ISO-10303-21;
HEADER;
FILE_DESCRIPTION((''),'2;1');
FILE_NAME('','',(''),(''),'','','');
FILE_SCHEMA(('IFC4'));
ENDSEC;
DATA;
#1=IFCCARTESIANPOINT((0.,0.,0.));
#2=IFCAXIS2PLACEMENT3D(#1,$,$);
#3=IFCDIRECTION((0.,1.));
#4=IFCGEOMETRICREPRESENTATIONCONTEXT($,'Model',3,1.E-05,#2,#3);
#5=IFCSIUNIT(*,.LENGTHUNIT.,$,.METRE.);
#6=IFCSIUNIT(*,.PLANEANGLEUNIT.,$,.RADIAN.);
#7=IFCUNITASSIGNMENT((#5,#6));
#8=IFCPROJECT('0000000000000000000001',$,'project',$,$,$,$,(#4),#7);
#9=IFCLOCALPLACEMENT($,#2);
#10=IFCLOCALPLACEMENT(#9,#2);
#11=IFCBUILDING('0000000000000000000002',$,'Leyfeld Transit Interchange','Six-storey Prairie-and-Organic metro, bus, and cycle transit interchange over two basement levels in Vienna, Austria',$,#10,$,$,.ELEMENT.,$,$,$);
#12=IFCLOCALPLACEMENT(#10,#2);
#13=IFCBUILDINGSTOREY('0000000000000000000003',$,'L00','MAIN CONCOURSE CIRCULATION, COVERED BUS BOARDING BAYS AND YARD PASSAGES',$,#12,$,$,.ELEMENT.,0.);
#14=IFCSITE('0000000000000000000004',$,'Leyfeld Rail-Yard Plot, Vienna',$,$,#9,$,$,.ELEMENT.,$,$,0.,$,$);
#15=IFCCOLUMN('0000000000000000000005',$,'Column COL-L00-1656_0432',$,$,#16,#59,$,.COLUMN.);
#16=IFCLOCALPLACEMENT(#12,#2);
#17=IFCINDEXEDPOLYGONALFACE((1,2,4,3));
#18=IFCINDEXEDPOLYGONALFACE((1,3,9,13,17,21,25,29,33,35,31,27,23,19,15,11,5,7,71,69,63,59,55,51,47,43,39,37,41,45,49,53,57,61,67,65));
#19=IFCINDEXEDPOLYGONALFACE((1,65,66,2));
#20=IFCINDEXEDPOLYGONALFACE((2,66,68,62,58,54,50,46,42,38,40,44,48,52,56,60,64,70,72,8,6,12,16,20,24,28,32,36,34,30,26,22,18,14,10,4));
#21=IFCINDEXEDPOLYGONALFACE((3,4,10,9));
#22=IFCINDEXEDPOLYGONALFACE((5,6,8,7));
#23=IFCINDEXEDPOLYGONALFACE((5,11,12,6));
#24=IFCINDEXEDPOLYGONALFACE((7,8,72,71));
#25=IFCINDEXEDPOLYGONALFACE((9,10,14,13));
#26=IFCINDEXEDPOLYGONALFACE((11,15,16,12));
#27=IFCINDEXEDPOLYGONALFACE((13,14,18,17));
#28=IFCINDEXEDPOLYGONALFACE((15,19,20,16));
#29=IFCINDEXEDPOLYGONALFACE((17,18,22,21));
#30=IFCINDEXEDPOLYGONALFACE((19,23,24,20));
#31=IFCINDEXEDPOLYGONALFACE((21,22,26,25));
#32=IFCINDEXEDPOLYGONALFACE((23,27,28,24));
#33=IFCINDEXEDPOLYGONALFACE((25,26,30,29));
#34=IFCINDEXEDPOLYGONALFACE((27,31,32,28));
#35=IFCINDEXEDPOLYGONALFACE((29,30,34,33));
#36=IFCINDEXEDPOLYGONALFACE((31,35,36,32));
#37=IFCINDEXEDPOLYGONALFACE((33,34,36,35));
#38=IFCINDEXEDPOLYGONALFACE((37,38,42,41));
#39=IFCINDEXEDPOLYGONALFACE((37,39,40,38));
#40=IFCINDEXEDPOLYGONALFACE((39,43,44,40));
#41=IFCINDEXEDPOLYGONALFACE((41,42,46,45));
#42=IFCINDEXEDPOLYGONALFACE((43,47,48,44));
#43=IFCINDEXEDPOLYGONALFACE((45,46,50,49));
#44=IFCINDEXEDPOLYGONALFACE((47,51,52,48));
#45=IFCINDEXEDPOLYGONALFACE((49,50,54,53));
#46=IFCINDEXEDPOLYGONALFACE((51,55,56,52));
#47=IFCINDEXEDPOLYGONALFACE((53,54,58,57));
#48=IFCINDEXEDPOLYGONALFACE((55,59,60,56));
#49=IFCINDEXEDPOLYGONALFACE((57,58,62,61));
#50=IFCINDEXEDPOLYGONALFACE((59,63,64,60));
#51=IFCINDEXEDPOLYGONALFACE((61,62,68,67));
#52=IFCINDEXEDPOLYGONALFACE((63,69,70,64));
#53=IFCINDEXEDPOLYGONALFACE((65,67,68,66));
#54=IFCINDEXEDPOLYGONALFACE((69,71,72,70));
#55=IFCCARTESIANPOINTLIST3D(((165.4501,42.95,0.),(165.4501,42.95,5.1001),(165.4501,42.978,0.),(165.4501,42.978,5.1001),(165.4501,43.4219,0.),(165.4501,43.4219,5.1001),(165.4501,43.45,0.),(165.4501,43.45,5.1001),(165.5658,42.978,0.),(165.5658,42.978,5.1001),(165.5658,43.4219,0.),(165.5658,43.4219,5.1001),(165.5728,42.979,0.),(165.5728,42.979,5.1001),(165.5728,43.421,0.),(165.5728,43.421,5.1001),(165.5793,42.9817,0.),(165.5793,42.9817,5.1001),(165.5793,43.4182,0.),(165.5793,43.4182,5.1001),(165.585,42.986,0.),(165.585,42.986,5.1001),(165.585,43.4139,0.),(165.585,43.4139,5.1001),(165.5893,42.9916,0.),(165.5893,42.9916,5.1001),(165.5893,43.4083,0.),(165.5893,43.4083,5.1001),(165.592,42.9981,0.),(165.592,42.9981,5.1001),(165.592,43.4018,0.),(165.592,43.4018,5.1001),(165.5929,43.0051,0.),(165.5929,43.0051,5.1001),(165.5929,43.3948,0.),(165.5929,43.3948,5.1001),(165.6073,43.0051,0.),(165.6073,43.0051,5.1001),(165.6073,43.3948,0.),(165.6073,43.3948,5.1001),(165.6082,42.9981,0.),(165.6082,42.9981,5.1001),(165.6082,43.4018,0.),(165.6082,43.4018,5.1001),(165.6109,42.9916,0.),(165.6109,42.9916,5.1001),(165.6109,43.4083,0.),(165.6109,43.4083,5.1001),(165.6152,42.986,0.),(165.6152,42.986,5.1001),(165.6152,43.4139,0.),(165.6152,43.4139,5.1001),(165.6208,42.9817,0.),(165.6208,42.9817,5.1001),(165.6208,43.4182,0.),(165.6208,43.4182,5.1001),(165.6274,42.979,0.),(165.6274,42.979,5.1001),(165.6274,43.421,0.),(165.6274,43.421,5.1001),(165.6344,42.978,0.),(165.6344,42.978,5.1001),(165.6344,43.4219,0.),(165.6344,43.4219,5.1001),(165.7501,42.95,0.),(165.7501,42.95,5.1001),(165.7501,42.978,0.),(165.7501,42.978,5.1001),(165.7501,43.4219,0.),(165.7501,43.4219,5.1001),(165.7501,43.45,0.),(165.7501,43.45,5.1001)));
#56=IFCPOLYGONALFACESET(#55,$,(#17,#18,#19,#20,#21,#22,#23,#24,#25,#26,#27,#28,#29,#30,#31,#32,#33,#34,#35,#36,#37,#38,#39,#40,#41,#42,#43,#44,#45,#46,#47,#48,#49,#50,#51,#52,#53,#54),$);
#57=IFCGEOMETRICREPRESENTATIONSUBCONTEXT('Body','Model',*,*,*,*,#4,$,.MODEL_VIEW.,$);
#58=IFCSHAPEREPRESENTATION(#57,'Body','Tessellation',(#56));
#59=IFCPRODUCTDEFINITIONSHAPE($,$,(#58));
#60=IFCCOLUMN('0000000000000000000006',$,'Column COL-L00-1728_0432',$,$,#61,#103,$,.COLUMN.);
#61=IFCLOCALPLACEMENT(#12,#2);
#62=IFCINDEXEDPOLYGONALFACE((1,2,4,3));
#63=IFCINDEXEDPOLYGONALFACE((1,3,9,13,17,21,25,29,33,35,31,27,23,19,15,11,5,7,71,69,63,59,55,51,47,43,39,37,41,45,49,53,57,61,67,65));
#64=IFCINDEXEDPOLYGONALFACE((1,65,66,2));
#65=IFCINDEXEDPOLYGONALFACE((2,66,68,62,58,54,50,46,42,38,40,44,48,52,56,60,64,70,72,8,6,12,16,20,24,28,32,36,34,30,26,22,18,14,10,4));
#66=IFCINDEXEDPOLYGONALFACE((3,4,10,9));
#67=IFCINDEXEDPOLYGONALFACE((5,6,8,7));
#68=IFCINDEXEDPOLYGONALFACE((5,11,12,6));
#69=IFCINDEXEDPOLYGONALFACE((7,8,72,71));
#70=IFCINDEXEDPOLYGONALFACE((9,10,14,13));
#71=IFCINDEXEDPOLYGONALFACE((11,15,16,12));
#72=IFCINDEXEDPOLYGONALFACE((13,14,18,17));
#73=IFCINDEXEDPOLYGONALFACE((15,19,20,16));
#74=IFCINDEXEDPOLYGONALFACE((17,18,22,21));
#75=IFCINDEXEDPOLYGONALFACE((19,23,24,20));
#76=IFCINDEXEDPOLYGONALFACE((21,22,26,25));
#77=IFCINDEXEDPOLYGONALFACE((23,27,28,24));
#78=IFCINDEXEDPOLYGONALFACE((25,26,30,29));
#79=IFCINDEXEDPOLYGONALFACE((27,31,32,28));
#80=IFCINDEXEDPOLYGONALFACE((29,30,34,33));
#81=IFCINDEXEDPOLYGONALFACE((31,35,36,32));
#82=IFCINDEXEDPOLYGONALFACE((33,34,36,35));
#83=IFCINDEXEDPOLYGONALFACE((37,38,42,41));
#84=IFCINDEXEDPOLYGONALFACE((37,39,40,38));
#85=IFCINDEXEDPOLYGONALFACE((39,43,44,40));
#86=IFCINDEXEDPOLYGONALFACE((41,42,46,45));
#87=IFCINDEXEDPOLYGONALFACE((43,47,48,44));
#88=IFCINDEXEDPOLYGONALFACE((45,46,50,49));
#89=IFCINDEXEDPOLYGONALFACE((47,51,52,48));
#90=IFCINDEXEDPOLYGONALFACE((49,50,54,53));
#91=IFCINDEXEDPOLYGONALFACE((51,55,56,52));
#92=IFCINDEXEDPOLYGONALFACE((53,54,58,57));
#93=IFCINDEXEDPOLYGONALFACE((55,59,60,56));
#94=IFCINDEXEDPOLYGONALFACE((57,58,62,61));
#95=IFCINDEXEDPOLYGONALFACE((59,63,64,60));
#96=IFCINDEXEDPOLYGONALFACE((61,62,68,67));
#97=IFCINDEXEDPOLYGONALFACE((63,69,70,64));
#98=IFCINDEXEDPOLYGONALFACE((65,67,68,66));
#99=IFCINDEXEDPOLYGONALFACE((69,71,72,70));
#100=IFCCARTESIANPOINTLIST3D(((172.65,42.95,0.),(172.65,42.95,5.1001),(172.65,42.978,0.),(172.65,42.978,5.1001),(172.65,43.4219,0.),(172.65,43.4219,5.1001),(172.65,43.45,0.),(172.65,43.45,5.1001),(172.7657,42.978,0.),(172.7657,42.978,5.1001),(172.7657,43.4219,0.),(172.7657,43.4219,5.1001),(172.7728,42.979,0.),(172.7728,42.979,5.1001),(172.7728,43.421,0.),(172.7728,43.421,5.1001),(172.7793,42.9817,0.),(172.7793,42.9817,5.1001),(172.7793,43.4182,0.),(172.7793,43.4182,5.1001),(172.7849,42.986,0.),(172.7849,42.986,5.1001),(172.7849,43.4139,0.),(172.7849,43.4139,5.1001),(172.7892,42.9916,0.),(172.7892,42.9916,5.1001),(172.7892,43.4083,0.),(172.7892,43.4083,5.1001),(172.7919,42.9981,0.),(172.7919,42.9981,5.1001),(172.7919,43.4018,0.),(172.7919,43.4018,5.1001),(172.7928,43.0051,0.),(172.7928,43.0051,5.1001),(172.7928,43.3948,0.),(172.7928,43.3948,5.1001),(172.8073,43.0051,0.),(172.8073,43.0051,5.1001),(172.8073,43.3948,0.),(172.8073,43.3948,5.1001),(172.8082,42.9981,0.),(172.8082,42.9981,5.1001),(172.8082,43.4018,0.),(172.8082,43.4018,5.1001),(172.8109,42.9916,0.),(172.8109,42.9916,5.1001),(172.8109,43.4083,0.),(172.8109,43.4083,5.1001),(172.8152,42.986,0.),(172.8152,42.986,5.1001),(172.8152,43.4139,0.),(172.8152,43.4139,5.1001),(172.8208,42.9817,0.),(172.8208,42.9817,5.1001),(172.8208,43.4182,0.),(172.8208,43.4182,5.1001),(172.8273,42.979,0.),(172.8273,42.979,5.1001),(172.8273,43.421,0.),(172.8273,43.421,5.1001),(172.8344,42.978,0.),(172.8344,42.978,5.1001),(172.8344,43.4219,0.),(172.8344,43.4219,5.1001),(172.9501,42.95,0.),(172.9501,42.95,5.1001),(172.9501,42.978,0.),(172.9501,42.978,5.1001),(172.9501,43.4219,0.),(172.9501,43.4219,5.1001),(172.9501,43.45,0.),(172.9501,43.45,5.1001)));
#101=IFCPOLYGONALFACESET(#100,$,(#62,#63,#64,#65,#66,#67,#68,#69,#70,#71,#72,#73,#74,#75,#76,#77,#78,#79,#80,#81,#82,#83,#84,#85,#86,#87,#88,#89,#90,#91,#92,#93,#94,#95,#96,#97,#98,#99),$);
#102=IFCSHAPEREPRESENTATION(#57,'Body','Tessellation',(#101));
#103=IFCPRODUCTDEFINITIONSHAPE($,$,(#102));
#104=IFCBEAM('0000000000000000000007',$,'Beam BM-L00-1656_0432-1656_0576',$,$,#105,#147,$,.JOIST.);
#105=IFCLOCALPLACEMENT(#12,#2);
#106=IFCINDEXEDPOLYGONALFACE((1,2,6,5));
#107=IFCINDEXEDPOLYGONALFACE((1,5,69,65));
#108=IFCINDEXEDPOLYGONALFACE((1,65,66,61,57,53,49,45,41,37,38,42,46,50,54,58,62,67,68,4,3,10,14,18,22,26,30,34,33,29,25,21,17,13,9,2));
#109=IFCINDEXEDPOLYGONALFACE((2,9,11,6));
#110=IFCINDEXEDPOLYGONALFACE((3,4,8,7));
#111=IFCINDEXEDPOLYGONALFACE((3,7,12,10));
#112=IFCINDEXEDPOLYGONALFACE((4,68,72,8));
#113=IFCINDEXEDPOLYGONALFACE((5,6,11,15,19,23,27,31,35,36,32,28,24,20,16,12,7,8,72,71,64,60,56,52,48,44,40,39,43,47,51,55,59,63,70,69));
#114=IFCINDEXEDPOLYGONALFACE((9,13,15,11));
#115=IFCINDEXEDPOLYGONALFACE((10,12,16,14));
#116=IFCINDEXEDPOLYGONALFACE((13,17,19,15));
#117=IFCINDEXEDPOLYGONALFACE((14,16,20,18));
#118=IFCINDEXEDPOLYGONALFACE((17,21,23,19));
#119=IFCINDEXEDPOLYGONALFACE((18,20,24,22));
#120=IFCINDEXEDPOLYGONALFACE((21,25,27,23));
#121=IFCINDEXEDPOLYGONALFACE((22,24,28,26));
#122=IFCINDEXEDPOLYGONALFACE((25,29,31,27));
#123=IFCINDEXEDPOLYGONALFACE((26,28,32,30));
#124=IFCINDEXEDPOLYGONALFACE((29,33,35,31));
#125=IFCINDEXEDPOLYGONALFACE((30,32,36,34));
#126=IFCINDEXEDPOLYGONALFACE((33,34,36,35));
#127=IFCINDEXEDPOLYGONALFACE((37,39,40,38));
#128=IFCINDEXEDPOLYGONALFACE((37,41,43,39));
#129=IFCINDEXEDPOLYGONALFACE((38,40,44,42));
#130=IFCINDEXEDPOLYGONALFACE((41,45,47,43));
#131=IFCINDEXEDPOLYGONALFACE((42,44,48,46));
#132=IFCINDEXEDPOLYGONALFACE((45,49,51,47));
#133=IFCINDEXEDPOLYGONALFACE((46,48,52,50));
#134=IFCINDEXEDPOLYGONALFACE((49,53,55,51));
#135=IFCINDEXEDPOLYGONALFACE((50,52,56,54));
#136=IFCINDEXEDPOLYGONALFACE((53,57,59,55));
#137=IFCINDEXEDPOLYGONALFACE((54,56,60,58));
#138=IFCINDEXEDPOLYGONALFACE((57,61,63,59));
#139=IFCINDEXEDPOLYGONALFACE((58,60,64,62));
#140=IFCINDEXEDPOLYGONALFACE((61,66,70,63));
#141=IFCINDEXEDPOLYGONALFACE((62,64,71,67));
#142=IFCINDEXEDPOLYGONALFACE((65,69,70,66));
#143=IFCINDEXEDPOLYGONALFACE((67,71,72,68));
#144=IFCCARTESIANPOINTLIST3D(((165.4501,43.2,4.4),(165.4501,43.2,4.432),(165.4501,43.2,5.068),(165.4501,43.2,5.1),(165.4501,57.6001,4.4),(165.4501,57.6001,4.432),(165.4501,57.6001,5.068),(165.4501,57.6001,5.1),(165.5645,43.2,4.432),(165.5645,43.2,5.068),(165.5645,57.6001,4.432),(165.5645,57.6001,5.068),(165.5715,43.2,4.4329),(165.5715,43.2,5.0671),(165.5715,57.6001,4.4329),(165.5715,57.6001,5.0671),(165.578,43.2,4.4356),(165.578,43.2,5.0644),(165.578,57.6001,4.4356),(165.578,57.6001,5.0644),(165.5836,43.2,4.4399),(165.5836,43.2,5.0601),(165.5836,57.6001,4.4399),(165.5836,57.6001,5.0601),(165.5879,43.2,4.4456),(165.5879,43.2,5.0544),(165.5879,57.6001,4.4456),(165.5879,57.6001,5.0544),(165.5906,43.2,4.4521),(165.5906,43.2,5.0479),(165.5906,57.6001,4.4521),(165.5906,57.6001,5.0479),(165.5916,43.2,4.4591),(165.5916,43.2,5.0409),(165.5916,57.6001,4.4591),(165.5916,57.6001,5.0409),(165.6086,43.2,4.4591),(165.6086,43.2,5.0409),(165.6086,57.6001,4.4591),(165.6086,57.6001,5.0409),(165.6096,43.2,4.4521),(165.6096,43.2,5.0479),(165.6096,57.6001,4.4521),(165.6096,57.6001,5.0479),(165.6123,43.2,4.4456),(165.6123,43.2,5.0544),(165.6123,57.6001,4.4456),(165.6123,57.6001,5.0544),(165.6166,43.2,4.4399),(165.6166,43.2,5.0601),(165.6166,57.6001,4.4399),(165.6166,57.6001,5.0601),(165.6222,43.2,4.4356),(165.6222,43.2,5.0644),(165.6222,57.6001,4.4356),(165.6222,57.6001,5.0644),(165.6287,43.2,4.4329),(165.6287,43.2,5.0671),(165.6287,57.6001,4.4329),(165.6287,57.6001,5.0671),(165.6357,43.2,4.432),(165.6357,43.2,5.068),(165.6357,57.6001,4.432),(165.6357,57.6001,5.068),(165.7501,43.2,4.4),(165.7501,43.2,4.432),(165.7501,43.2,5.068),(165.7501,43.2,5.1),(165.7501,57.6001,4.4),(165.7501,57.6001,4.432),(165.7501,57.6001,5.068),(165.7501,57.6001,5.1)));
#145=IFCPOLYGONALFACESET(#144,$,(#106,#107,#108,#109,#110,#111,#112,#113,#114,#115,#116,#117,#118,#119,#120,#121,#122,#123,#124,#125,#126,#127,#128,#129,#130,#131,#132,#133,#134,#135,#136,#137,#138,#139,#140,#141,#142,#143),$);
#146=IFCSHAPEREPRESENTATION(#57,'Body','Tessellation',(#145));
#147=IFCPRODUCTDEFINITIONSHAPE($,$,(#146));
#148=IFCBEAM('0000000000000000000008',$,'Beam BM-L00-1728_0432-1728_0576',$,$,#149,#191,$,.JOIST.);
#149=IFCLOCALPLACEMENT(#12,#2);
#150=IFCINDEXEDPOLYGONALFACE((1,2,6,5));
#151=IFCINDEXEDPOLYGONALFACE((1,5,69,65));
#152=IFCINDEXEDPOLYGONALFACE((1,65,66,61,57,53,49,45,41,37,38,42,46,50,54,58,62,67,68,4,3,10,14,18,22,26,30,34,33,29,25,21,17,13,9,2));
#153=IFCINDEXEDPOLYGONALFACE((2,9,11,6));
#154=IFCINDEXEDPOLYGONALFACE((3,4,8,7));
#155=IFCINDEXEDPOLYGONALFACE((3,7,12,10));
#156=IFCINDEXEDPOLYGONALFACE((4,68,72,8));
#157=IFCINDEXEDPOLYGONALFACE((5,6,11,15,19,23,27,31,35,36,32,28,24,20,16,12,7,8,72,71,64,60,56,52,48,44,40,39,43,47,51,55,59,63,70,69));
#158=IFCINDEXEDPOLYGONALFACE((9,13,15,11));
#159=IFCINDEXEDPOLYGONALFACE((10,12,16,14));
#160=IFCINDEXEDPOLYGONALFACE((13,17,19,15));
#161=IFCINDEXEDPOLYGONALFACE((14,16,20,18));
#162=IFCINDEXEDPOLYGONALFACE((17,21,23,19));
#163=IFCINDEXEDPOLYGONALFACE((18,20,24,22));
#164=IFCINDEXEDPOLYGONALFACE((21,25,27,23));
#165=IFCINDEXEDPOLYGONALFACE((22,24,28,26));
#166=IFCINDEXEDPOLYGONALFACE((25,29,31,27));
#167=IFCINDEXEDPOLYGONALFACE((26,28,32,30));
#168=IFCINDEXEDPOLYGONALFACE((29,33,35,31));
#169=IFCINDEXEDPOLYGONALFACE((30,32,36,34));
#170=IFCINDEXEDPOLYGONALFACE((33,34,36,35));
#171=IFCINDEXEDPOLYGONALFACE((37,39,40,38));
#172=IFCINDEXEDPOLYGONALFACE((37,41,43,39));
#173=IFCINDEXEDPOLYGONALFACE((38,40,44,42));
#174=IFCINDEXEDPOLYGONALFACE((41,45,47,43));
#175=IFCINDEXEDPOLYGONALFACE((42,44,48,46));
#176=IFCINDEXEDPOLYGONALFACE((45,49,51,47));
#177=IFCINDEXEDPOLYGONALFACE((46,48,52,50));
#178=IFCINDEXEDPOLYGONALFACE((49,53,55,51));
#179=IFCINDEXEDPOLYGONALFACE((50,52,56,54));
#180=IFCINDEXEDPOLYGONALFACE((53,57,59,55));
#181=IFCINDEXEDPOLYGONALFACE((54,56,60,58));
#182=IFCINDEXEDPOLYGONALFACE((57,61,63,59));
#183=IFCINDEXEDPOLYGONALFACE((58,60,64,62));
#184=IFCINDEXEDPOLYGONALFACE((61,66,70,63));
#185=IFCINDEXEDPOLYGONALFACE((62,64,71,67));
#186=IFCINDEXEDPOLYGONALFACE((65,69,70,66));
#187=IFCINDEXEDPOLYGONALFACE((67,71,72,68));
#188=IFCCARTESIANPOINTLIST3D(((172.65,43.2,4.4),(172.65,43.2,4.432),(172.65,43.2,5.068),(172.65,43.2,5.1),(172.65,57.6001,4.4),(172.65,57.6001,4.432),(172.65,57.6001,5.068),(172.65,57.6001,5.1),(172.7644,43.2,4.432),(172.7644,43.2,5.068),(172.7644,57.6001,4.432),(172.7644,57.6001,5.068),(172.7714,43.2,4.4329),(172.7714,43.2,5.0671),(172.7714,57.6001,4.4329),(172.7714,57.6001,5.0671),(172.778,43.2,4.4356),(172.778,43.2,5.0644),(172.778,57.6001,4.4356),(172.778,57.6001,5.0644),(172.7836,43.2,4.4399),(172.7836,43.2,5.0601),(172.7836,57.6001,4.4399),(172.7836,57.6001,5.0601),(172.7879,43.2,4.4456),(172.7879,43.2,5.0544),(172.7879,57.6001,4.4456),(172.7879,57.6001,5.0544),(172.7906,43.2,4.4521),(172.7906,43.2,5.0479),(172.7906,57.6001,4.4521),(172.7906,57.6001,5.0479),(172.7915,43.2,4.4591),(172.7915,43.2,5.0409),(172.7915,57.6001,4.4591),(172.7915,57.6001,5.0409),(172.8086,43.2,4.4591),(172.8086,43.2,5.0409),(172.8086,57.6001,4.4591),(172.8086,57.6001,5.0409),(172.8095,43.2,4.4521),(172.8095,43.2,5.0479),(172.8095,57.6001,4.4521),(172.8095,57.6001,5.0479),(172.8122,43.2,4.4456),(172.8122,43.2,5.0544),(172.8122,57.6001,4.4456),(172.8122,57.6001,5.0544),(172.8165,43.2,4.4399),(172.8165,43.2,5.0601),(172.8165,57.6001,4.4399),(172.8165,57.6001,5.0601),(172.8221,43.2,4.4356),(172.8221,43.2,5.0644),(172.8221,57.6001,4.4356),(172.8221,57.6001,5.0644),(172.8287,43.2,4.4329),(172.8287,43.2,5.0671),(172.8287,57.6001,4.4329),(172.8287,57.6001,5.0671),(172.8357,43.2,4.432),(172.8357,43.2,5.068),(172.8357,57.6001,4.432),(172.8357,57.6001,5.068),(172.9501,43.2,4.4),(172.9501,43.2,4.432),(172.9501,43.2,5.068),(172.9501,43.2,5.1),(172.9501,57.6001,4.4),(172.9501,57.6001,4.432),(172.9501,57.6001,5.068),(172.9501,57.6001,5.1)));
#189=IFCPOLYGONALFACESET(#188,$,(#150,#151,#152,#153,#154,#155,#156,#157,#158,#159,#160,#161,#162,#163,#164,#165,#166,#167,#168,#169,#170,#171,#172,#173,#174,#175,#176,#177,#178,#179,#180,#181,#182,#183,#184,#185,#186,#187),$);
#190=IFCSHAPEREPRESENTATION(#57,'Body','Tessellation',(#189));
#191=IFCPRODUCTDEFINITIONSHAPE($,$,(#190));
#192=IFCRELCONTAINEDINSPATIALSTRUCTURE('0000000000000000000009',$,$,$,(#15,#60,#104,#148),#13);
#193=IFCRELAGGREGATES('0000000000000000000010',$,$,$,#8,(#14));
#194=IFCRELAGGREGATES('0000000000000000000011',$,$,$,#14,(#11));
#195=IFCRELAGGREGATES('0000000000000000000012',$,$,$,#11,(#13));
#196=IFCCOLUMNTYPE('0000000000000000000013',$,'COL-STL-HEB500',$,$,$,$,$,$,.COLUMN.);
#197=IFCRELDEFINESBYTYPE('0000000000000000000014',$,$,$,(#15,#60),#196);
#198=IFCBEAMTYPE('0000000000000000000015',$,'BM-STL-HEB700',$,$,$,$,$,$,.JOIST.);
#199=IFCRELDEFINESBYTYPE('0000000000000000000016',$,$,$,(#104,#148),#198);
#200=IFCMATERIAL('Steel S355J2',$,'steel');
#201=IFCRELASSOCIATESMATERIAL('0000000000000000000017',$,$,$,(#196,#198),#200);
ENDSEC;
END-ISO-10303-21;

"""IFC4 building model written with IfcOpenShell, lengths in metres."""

from ifc_helpers import new_model, si_unit, direction, frame, origin, origin_2d, place, context, subcontext, project, spatial, i_section, extrude, material, material_profile, profile_set, type_object, element, save


model = new_model("IFC4")

# Units and contexts
model_context = context("Model", 3, precision=1e-05, world=origin(), true_north=direction((0.0, 1.0)))
body_context = subcontext(model_context, "Body", "Model", "MODEL_VIEW")
ifc_project = project(units=[si_unit("LENGTHUNIT", "METRE"), si_unit("PLANEANGLEUNIT", "RADIAN")], contexts=[model_context])

# Site, building, storey
site_placement = place(None, origin())
site = spatial("IfcSite", under=ifc_project, at=site_placement, Name="Leyfeld Rail-Yard Plot, Vienna", CompositionType="ELEMENT", RefElevation=0.0)
building_placement = place(site_placement, origin())
building = spatial("IfcBuilding", under=site, at=building_placement, Name="Leyfeld Transit Interchange", Description="Six-storey Prairie-and-Organic metro, bus, and cycle transit interchange over two basement levels in Vienna, Austria", CompositionType="ELEMENT")
storey_placement = place(building_placement, origin())
storey = spatial("IfcBuildingStorey", under=building, at=storey_placement, Name="L00", Description="MAIN CONCOURSE CIRCULATION, COVERED BUS BOARDING BAYS AND YARD PASSAGES", CompositionType="ELEMENT", Elevation=0.0)

# Columns
ifc_material_1 = material(Name="Steel S355J2", Category="steel")
ifc_material_profile_1 = material_profile(ifc_material_1, i_section(OverallWidth=0.3, OverallDepth=0.5, WebThickness=0.0144, FlangeThickness=0.0281, FilletRadius=0.0271, at=origin_2d()), Name="HEB 500")
ifc_profile_set_1 = profile_set([ifc_material_profile_1], Name="Steel S355J2")
column_type = type_object("IfcColumnType", Name="COL-STL-HEB500", PredefinedType="COLUMN", material=ifc_profile_set_1)
for number, where, z_axis, x_axis, name in (
    (1, (165.6001, 43.2, 0.0), (0.0, 0.0, 1.0), (1.0, 0.0, 0.0), "Column COL-L00-1656_0432"),
    (2, (172.8, 43.2, 0.0), (0.0, 0.0, 1.0), (1.0, 0.0, 0.0), "Column COL-L00-1728_0432"),
):
    element("IfcColumn", number, at=place(storey_placement, frame(where, z_axis=z_axis, x_axis=x_axis)), inside=storey, type_object=column_type, Name=name, PredefinedType="COLUMN", context=body_context, shape_type="SweptSolid", body=[
        extrude(i_section(OverallWidth=0.3, OverallDepth=0.5, WebThickness=0.0144, FlangeThickness=0.0281, FilletRadius=0.0271, at=origin_2d()), origin(), (0.0, 0.0, 1.0), 5.1001),
    ])

# Beams
ifc_material_profile_2 = material_profile(ifc_material_1, i_section(OverallWidth=0.3, OverallDepth=0.7, WebThickness=0.0171, FlangeThickness=0.032, FilletRadius=0.0271, at=origin_2d()), Name="HEB 700")
ifc_profile_set_2 = profile_set([ifc_material_profile_2], Name="Steel S355J2")
beam_type_1 = type_object("IfcBeamType", Name="BM-STL-HEB700", PredefinedType="JOIST", material=ifc_profile_set_2)
for number, where, z_axis, x_axis, name in (
    (3, (165.6001, 43.2, 4.75), (0.0, 1.0, 0.0), (-1.0, 0.0, 0.0), "Beam BM-L00-1656_0432-1656_0576"),
    (4, (172.8, 43.2, 4.75), (0.0, 1.0, 0.0), (-1.0, 0.0, 0.0), "Beam BM-L00-1728_0432-1728_0576"),
):
    element("IfcBeam", number, at=place(storey_placement, frame(where, z_axis=z_axis, x_axis=x_axis)), inside=storey, type_object=beam_type_1, Name=name, PredefinedType="JOIST", context=body_context, shape_type="SweptSolid", body=[
        extrude(i_section(OverallWidth=0.3, OverallDepth=0.7, WebThickness=0.0171, FlangeThickness=0.032, FilletRadius=0.0271, at=origin_2d()), origin(), (0.0, 0.0, 1.0), 14.4001),
    ])

save(model, "model.ifc")
